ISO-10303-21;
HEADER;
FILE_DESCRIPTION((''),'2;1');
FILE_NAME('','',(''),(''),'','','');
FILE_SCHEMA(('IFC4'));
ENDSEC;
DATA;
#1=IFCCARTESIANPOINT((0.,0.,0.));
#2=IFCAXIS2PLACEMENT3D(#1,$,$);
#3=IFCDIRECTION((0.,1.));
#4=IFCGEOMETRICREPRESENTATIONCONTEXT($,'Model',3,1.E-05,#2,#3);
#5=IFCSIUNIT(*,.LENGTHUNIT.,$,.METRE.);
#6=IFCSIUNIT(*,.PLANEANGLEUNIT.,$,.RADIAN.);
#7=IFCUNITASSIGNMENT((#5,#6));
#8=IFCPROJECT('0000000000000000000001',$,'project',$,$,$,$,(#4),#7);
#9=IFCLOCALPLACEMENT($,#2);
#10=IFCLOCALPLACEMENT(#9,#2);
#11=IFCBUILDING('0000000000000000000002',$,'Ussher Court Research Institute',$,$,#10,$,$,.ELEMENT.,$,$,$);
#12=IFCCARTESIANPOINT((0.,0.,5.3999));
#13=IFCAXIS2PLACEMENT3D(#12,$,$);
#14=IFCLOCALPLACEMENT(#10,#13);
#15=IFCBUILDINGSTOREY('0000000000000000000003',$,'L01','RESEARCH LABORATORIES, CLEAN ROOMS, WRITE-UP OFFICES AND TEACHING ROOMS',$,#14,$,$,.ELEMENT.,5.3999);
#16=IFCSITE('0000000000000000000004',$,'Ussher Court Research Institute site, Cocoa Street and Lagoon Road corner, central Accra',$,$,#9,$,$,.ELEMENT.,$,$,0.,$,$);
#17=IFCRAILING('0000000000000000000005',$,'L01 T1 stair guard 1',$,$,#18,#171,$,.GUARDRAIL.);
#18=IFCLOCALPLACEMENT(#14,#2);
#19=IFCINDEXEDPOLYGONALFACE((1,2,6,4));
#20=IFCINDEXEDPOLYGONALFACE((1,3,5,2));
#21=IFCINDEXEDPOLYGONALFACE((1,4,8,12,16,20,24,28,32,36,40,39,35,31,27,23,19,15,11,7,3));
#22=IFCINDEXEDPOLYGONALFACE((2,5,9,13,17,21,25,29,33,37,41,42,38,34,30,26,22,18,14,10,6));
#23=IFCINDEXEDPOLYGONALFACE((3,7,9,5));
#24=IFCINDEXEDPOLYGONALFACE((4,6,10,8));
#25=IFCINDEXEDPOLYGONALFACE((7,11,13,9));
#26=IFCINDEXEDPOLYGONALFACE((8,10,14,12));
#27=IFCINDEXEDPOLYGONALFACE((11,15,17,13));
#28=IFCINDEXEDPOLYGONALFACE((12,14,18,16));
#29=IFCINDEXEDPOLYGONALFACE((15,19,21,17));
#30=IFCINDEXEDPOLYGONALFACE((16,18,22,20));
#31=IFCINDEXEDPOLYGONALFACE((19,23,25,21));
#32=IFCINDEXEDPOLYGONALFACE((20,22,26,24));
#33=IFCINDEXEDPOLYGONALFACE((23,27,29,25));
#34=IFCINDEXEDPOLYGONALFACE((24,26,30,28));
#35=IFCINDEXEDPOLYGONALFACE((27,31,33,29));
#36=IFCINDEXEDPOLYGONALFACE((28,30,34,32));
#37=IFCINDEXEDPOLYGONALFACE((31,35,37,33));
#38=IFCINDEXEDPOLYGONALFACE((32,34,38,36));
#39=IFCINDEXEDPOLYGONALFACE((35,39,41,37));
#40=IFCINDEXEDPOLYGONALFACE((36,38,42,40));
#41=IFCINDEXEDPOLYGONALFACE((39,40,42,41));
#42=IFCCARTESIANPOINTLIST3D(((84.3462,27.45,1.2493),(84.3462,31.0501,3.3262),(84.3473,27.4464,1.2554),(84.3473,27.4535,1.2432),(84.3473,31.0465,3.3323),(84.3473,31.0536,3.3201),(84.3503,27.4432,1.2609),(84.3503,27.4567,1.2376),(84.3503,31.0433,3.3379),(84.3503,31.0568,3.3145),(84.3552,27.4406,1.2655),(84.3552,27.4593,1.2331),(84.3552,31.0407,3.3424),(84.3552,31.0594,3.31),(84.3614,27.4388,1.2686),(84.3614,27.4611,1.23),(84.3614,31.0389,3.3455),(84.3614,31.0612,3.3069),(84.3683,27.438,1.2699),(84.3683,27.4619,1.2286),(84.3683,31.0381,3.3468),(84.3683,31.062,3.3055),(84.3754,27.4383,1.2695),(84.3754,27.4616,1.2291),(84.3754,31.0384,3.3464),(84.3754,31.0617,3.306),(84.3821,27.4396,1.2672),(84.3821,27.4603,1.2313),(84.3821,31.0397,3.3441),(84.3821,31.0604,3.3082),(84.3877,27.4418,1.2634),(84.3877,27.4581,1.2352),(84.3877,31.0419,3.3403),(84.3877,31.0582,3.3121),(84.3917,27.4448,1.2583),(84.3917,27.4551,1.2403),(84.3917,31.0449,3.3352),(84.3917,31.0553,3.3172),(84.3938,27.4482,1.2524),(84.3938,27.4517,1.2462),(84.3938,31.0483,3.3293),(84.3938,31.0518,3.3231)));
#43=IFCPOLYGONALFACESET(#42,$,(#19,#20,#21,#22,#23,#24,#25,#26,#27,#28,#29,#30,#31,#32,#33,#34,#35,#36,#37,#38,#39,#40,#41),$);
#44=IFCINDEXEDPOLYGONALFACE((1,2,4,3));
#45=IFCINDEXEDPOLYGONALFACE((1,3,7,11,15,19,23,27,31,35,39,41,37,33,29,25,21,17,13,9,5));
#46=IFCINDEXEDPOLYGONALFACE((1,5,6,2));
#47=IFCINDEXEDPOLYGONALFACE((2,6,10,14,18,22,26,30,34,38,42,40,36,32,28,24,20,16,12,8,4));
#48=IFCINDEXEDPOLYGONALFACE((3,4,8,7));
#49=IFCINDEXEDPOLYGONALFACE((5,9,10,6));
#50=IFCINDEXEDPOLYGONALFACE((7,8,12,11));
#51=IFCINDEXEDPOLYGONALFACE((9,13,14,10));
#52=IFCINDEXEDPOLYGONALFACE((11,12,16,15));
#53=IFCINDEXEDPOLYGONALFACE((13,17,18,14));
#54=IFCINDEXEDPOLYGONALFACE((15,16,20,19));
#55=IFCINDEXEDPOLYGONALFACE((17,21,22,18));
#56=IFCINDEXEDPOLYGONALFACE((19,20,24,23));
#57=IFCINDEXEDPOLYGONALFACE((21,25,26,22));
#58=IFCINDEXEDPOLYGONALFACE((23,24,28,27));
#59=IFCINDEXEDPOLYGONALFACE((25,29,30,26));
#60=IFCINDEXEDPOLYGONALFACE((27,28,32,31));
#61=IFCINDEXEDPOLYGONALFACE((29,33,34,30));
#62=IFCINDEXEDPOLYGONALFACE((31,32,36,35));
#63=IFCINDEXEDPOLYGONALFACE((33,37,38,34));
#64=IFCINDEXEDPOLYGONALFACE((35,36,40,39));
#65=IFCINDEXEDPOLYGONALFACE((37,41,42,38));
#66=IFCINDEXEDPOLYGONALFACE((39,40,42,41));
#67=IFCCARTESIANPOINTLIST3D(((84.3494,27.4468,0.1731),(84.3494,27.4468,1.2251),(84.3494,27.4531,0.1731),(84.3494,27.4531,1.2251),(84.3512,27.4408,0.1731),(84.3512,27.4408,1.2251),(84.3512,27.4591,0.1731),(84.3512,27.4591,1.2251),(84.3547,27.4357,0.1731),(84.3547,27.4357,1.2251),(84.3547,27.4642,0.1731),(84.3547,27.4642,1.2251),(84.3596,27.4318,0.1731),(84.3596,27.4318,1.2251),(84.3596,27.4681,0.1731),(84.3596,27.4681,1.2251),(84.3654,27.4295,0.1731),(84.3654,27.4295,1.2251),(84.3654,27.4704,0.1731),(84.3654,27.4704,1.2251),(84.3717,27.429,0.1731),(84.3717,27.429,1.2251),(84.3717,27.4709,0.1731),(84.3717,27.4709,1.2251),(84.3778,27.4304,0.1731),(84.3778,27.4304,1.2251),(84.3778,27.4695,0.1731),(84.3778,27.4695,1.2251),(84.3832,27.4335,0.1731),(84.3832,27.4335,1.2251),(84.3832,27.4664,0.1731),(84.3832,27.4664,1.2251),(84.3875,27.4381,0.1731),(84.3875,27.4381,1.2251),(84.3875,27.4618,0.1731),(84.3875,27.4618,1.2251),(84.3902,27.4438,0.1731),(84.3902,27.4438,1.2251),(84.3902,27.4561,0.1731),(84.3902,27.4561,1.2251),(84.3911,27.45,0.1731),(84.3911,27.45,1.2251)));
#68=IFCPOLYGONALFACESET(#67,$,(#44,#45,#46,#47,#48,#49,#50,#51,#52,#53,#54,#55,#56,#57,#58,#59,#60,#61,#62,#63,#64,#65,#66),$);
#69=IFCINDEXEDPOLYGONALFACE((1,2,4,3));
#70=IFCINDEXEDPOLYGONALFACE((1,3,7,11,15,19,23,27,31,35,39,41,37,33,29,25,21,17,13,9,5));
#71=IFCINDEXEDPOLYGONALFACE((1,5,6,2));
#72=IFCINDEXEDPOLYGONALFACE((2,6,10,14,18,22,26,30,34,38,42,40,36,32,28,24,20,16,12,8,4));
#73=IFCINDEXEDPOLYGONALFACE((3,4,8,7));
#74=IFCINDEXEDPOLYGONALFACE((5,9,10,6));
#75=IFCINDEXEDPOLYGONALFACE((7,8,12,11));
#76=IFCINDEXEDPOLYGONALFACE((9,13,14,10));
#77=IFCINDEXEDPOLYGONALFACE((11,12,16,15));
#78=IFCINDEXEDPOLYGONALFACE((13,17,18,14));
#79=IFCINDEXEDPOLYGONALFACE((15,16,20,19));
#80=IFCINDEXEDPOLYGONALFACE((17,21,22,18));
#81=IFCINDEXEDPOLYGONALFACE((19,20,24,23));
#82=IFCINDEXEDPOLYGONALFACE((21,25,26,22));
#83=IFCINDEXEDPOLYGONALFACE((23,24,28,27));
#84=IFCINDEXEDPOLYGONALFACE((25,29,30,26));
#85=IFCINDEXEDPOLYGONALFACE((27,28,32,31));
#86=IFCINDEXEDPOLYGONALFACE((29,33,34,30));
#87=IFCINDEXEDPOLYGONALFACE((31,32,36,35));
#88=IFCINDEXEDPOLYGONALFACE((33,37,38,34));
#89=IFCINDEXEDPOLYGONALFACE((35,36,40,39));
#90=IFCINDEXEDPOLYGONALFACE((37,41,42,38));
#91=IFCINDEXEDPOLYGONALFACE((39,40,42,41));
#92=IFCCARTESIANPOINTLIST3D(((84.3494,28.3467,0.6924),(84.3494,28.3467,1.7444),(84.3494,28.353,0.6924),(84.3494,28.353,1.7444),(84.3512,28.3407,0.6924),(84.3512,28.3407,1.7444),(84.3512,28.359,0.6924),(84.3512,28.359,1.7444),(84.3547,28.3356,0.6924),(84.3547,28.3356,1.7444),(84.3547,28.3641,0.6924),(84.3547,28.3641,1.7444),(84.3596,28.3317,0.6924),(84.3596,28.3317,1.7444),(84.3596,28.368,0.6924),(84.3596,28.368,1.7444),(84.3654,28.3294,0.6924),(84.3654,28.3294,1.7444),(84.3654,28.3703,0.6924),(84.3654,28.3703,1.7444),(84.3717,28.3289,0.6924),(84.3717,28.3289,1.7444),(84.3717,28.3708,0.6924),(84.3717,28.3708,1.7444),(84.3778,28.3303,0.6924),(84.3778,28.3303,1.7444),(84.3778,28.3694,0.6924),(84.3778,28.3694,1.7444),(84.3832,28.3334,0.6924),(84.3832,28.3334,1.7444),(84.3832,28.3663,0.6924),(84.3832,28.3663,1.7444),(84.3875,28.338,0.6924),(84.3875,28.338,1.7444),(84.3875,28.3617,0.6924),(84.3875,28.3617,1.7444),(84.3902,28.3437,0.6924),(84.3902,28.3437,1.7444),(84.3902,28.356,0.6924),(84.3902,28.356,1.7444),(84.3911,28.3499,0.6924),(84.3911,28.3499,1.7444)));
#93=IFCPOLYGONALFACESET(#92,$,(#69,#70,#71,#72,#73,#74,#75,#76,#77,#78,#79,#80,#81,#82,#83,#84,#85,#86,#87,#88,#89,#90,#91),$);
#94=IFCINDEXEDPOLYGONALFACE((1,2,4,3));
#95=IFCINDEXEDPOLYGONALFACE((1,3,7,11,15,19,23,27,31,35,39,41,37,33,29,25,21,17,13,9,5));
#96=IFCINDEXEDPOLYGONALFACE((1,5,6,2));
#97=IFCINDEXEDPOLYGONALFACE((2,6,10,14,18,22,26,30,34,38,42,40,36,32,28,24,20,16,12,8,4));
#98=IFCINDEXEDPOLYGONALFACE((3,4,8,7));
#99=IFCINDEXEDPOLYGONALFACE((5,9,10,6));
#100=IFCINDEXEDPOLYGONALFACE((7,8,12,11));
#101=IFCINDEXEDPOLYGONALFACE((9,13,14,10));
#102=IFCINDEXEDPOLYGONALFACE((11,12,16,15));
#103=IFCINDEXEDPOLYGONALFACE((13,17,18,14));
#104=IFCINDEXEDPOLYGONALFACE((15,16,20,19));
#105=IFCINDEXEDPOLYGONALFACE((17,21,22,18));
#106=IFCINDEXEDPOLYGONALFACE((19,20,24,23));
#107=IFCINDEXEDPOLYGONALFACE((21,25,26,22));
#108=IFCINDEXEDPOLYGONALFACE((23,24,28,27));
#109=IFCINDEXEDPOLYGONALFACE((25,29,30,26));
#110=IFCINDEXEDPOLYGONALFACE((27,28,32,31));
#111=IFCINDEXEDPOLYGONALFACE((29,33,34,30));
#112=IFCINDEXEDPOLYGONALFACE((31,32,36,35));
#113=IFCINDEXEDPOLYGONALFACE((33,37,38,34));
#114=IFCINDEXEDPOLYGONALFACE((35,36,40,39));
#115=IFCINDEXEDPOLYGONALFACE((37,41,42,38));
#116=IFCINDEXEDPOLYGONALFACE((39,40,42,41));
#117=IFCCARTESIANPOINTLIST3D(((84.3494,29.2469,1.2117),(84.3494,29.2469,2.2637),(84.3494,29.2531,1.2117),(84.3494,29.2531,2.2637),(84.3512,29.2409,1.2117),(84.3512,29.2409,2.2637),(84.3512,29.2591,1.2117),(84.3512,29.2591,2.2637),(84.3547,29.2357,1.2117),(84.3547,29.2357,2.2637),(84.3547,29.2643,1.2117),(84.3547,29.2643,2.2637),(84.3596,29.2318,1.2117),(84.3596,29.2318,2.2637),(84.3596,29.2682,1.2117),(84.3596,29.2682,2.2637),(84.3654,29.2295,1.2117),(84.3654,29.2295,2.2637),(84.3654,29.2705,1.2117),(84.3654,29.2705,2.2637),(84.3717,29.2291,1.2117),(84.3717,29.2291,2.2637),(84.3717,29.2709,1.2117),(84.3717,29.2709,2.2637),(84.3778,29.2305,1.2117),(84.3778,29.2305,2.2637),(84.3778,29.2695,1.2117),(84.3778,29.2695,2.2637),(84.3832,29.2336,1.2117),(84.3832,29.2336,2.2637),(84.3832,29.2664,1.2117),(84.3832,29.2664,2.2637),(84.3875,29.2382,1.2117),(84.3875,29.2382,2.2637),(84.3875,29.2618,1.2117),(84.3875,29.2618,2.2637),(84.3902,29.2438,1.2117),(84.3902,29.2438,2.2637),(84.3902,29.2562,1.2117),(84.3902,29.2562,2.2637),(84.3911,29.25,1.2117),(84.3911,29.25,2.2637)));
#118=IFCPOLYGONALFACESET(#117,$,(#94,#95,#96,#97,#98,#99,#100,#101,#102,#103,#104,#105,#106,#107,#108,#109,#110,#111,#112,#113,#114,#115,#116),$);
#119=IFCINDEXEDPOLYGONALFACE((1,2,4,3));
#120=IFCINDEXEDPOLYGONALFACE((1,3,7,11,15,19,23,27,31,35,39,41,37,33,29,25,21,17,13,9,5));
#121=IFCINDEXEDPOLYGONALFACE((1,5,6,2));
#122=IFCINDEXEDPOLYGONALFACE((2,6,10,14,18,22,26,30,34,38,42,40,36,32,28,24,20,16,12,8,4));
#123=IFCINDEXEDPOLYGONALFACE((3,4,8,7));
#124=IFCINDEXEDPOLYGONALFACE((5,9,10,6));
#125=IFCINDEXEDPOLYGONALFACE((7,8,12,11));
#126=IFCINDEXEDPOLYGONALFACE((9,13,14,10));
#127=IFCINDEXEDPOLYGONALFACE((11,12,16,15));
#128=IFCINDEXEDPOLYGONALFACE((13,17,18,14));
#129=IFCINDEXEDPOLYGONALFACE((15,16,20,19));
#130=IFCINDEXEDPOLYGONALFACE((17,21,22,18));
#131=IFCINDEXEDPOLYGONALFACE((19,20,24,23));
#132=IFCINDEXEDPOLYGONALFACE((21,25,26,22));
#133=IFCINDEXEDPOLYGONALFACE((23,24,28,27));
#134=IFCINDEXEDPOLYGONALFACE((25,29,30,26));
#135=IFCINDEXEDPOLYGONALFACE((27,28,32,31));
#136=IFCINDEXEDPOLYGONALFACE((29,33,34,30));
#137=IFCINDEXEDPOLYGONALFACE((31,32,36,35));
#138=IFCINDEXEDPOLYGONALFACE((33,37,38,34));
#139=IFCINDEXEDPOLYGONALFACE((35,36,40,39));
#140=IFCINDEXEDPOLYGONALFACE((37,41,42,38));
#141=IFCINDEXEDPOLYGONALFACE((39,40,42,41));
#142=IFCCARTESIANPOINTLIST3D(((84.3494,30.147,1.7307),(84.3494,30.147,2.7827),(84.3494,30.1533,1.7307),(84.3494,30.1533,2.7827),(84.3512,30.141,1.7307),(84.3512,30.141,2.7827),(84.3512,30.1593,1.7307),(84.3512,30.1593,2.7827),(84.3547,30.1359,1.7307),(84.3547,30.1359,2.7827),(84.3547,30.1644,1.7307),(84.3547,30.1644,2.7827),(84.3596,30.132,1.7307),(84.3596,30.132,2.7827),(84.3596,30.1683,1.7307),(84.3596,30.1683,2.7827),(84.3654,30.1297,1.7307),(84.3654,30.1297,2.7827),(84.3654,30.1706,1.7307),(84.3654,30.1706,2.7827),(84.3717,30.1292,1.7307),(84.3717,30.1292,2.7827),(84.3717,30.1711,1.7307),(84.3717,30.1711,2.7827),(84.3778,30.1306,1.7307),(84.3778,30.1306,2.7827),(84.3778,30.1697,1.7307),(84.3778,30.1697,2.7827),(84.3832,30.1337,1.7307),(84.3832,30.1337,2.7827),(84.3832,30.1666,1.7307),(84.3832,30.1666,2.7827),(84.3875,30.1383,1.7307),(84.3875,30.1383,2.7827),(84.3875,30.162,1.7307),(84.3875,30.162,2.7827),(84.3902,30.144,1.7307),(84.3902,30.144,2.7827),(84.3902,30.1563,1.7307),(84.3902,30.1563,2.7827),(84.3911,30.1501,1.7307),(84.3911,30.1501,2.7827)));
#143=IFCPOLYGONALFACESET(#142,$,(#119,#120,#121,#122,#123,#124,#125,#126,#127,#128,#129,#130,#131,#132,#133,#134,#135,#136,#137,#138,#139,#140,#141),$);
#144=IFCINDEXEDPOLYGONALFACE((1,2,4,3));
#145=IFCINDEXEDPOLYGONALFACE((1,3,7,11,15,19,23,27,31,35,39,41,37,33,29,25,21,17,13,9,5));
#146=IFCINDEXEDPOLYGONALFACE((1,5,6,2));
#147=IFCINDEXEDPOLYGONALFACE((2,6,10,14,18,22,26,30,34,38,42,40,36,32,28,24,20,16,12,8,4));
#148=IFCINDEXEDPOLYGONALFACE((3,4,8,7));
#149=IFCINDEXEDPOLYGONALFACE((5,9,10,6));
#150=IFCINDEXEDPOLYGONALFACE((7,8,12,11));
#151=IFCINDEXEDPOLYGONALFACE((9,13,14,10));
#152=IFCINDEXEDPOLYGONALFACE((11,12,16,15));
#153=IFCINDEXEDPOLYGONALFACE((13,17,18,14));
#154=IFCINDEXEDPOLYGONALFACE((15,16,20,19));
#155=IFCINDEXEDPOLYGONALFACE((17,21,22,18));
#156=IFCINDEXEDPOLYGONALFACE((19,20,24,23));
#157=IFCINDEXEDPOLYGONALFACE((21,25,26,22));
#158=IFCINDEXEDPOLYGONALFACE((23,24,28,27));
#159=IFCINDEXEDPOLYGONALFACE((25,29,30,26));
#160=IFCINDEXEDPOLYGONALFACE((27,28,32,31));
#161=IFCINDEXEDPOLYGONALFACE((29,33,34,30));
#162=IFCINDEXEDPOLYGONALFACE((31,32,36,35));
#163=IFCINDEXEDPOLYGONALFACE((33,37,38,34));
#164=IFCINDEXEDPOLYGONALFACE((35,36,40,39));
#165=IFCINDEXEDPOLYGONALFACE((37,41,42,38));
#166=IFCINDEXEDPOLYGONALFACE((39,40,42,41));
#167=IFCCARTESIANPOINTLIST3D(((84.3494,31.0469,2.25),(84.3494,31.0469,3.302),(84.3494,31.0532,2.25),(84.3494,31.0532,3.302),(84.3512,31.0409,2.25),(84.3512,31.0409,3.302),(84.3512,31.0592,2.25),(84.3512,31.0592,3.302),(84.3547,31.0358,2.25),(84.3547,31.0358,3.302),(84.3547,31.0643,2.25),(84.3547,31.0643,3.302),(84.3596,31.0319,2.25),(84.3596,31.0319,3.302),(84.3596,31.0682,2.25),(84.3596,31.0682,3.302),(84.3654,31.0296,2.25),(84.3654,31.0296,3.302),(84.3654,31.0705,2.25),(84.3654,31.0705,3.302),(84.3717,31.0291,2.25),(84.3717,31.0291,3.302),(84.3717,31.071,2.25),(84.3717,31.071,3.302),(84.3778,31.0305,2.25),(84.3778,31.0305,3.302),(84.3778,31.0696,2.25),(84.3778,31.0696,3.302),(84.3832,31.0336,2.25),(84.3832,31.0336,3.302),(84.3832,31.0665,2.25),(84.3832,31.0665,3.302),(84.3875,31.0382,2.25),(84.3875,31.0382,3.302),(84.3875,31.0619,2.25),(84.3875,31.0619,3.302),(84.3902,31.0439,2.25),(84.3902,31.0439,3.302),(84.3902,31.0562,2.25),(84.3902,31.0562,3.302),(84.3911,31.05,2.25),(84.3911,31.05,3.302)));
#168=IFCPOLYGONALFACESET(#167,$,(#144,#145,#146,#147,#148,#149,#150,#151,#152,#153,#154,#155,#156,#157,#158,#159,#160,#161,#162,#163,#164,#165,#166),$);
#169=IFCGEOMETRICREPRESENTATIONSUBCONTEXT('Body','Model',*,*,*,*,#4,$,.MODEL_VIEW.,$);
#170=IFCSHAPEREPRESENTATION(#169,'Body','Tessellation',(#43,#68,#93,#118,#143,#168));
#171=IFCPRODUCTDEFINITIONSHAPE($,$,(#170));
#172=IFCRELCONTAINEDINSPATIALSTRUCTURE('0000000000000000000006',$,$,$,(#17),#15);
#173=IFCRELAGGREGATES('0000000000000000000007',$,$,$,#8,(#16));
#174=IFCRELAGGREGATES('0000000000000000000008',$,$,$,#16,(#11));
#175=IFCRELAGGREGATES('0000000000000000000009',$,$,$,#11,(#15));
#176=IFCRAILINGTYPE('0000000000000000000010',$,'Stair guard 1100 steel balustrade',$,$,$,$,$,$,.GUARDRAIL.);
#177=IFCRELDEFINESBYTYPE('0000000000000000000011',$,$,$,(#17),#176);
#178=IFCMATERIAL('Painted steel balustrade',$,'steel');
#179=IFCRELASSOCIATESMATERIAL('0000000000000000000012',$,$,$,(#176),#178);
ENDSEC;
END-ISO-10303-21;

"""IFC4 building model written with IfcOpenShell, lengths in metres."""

from ifc_helpers import new_model, si_unit, direction, frame, origin, origin_2d, place, context, subcontext, project, spatial, circle, extrude, material, type_object, element, save


model = new_model("IFC4")

# Units and contexts
model_context = context("Model", 3, precision=1e-05, world=origin(), true_north=direction((0.0, 1.0)))
body_context = subcontext(model_context, "Body", "Model", "MODEL_VIEW")
ifc_project = project(units=[si_unit("LENGTHUNIT", "METRE"), si_unit("PLANEANGLEUNIT", "RADIAN")], contexts=[model_context])

# Site, building, storey
site_placement = place(None, origin())
site = spatial("IfcSite", under=ifc_project, at=site_placement, Name="Ussher Court Research Institute site, Cocoa Street and Lagoon Road corner, central Accra", CompositionType="ELEMENT", RefElevation=0.0)
building_placement = place(site_placement, origin())
building = spatial("IfcBuilding", under=site, at=building_placement, Name="Ussher Court Research Institute", CompositionType="ELEMENT")
storey_placement = place(building_placement, frame((0.0, 0.0, 5.3999)))
storey = spatial("IfcBuildingStorey", under=building, at=storey_placement, Name="L01", Description="RESEARCH LABORATORIES, CLEAN ROOMS, WRITE-UP OFFICES AND TEACHING ROOMS", CompositionType="ELEMENT", Elevation=5.3999)

# Railing
ifc_material_1 = material(Name="Painted steel balustrade", Category="steel")
railing_type_1 = type_object("IfcRailingType", Name="Stair guard 1100 steel balustrade", PredefinedType="GUARDRAIL", material=ifc_material_1)
railing_1_placement = place(storey_placement, frame((84.3701, 27.45, 0.1731)))
element("IfcRailing", 1, at=railing_1_placement, inside=storey, type_object=railing_type_1, Name="L01 T1 stair guard 1", PredefinedType="GUARDRAIL", context=body_context, shape_type="SweptSolid", body=[
    extrude(circle(Radius=0.0239, at=origin_2d()), frame((0.0, 0.0, 1.0762), z_axis=(0.0, 0.866193, 0.499709), x_axis=(-1.0, 0.0, 0.0)), (0.0, 0.0, 1.0), 4.1562),
    extrude(circle(Radius=0.021, at=origin_2d()), origin(), (0.0, 0.0, 1.0), 1.052),
    extrude(circle(Radius=0.021, at=origin_2d()), frame((0.0, 0.8999, 0.5193)), (0.0, 0.0, 1.0), 1.052),
    extrude(circle(Radius=0.021, at=origin_2d()), frame((0.0, 1.8, 1.0386)), (0.0, 0.0, 1.0), 1.052),
    extrude(circle(Radius=0.021, at=origin_2d()), frame((0.0, 2.7002, 1.5576)), (0.0, 0.0, 1.0), 1.052),
    extrude(circle(Radius=0.021, at=origin_2d()), frame((0.0, 3.6001, 2.0769)), (0.0, 0.0, 1.0), 1.052),
])

save(model, "model.ifc")
